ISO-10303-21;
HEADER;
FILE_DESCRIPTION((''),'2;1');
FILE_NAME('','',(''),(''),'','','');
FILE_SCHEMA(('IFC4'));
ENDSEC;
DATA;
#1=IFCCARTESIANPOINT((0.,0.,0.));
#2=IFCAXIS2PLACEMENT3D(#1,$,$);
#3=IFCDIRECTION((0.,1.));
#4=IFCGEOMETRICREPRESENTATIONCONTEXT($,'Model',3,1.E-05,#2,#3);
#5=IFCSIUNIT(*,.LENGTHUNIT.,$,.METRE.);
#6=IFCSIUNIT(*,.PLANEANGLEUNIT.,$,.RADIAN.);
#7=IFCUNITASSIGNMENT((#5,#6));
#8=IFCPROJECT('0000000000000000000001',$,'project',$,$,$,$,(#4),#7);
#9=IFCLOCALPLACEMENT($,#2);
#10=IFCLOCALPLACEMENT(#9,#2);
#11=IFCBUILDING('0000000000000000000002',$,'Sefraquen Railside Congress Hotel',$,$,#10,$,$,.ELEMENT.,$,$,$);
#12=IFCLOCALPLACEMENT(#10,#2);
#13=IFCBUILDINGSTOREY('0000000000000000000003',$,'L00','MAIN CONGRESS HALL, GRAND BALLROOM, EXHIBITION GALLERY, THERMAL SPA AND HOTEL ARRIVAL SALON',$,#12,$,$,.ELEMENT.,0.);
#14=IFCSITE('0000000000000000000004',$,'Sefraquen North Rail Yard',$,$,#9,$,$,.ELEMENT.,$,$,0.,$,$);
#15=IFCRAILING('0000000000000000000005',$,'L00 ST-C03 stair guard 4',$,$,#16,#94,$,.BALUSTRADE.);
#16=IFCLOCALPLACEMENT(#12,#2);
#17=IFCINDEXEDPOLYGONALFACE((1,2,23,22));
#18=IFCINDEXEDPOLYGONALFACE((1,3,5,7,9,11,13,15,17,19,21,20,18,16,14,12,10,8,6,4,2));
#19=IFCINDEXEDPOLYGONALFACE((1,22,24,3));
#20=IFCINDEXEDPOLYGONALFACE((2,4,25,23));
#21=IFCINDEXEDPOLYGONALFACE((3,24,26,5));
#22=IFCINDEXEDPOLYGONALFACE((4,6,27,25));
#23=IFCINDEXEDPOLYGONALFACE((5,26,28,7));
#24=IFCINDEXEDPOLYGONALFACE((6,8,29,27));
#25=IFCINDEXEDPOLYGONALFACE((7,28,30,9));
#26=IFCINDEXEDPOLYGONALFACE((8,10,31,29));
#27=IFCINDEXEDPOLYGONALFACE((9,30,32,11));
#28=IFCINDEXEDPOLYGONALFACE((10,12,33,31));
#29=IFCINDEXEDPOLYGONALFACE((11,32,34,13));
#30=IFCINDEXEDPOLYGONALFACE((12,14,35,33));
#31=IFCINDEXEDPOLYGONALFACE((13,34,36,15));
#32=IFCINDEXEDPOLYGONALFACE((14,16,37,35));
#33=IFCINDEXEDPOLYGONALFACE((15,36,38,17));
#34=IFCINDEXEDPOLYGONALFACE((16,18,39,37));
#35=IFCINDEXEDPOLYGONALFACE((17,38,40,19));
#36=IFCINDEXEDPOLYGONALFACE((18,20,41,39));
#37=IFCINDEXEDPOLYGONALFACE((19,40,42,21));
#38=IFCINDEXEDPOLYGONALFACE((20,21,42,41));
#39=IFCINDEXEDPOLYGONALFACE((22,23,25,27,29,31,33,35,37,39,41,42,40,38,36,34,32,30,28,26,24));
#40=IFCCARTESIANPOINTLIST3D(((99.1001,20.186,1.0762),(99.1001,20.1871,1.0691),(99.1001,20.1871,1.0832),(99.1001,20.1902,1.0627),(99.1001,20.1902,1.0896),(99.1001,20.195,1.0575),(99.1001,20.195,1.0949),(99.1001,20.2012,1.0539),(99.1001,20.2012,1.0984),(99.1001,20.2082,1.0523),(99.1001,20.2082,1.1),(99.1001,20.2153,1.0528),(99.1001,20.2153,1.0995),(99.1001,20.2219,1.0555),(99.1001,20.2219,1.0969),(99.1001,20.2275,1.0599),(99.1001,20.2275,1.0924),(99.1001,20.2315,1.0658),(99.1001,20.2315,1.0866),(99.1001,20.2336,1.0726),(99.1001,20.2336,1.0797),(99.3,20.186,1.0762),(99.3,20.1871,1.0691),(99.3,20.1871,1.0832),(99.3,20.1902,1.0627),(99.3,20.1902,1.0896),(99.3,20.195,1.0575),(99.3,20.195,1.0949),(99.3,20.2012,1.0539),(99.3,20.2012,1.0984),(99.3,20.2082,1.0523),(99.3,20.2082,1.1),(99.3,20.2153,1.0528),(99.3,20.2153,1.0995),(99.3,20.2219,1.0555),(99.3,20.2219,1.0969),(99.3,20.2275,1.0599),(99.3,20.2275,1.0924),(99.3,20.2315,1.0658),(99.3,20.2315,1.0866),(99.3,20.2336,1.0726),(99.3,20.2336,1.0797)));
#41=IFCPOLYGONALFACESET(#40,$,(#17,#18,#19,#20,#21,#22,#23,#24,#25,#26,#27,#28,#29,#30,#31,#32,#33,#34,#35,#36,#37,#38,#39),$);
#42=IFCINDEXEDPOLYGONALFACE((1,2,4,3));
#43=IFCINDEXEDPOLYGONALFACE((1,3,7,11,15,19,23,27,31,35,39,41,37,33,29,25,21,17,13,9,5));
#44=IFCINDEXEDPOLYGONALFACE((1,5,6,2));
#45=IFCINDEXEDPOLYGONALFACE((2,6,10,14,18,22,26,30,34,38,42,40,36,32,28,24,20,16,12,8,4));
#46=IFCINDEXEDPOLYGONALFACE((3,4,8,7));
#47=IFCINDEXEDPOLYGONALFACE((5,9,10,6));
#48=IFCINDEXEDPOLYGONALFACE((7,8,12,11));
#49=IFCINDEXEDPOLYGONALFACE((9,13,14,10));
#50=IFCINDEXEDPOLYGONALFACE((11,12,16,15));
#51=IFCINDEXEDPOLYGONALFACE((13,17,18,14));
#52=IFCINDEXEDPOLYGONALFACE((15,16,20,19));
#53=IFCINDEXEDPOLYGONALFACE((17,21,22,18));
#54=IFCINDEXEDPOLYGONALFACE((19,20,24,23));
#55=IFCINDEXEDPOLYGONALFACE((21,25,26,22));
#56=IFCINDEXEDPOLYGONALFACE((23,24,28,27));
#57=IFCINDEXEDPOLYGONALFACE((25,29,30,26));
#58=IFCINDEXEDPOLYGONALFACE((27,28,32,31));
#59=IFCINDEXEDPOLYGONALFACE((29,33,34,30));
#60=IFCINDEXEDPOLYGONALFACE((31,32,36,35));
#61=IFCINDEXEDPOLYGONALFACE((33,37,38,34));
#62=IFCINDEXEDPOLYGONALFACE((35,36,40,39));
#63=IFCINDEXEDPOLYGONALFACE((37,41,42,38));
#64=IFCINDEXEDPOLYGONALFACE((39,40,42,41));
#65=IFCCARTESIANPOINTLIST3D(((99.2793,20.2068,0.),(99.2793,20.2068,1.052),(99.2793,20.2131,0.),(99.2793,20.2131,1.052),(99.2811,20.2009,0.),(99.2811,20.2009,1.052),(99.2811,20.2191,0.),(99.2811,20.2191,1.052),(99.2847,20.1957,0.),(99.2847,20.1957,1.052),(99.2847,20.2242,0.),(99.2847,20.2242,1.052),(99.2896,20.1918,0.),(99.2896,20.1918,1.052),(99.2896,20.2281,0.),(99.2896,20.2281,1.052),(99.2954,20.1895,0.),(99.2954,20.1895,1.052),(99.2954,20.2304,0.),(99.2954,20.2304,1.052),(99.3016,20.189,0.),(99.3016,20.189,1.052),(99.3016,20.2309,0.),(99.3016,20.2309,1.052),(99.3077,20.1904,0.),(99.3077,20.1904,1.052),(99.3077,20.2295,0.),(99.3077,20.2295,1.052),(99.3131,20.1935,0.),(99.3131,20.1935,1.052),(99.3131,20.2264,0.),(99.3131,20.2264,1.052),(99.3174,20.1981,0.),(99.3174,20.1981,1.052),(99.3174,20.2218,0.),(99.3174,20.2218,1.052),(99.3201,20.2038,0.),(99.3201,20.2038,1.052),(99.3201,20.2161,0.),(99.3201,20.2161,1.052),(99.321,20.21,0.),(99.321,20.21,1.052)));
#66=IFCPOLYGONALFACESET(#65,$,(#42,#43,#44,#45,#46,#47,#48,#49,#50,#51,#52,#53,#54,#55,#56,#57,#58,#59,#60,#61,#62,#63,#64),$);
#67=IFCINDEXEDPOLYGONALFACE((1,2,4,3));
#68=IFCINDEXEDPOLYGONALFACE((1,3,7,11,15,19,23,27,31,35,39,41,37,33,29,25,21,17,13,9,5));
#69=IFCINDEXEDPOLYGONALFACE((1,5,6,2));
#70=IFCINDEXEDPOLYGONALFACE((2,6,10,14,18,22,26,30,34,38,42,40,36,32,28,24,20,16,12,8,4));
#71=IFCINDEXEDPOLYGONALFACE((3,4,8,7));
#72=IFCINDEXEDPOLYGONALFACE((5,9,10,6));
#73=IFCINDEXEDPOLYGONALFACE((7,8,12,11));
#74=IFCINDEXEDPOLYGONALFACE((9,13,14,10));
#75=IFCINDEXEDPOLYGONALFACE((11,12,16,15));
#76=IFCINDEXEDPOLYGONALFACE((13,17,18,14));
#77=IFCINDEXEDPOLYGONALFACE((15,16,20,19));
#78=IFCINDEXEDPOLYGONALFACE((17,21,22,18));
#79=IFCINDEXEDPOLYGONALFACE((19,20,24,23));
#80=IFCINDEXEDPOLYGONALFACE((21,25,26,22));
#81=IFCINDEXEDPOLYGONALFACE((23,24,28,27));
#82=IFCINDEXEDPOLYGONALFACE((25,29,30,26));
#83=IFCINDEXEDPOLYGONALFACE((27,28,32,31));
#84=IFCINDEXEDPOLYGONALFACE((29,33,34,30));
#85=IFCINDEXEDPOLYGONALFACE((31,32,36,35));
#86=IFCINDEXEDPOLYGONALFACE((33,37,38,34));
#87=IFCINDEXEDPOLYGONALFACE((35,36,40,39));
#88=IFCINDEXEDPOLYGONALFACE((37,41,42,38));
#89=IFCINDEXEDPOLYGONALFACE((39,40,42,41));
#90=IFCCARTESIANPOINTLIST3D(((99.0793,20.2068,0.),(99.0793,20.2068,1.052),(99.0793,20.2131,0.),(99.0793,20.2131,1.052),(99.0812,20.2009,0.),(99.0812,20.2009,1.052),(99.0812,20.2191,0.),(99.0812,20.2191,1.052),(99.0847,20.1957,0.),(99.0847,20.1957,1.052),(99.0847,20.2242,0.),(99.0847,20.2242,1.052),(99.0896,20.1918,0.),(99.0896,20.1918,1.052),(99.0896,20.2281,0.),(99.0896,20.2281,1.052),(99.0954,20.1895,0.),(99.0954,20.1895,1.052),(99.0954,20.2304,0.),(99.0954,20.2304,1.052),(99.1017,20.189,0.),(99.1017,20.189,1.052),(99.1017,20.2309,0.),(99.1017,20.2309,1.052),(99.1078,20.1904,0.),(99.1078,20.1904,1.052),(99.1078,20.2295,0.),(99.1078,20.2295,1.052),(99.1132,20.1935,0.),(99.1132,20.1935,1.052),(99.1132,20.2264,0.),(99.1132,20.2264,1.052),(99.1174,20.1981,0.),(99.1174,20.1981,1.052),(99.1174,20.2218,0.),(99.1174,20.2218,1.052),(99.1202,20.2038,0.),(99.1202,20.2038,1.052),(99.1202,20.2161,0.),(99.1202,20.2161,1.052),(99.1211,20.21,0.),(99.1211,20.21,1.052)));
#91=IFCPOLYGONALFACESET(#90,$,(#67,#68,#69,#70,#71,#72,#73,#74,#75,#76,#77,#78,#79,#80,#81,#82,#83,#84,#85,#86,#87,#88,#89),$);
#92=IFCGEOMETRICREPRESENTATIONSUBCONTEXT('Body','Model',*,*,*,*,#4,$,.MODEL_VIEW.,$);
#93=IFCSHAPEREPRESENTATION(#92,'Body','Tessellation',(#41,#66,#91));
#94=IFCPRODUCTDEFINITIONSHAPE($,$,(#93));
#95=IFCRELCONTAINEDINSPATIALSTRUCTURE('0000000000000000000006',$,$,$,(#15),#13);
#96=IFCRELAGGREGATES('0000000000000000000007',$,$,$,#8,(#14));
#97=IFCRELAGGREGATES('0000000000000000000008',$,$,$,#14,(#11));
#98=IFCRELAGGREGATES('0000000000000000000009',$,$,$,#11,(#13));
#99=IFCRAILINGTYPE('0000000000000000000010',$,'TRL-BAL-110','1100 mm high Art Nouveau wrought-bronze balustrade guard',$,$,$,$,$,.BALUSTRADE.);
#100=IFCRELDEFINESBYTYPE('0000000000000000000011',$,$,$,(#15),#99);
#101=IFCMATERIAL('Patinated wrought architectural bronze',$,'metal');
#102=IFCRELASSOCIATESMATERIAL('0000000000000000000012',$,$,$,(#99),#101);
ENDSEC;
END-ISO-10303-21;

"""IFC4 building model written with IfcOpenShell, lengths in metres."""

from ifc_helpers import new_model, si_unit, direction, frame, origin, origin_2d, place, context, subcontext, project, spatial, circle, extrude, material, type_object, element, save


model = new_model("IFC4")

# Units and contexts
model_context = context("Model", 3, precision=1e-05, world=origin(), true_north=direction((0.0, 1.0)))
body_context = subcontext(model_context, "Body", "Model", "MODEL_VIEW")
ifc_project = project(units=[si_unit("LENGTHUNIT", "METRE"), si_unit("PLANEANGLEUNIT", "RADIAN")], contexts=[model_context])

# Site, building, storey
site_placement = place(None, origin())
site = spatial("IfcSite", under=ifc_project, at=site_placement, Name="Sefraquen North Rail Yard", CompositionType="ELEMENT", RefElevation=0.0)
building_placement = place(site_placement, origin())
building = spatial("IfcBuilding", under=site, at=building_placement, Name="Sefraquen Railside Congress Hotel", CompositionType="ELEMENT")
storey_placement = place(building_placement, origin())
storey = spatial("IfcBuildingStorey", under=building, at=storey_placement, Name="L00", Description="MAIN CONGRESS HALL, GRAND BALLROOM, EXHIBITION GALLERY, THERMAL SPA AND HOTEL ARRIVAL SALON", CompositionType="ELEMENT", Elevation=0.0)

# Railing
ifc_material_1 = material(Name="Patinated wrought architectural bronze", Category="metal")
railing_type_1 = type_object("IfcRailingType", Name="TRL-BAL-110", Description="1100 mm high Art Nouveau wrought-bronze balustrade guard", PredefinedType="BALUSTRADE", material=ifc_material_1)
railing_1_placement = place(storey_placement, frame((99.3, 20.21, 0.0)))
element("IfcRailing", 1, at=railing_1_placement, inside=storey, type_object=railing_type_1, Name="L00 ST-C03 stair guard 4", PredefinedType="BALUSTRADE", context=body_context, shape_type="SweptSolid", body=[
    extrude(circle(Radius=0.0239, at=origin_2d()), frame((0.0, 0.0, 1.0762), z_axis=(-1.0, 0.0, 0.0), x_axis=(0.0, -1.0, 0.0)), (0.0, 0.0, 1.0), 0.2),
    extrude(circle(Radius=0.021, at=origin_2d()), origin(), (0.0, 0.0, 1.0), 1.052),
    extrude(circle(Radius=0.021, at=origin_2d()), frame((-0.2, 0.0, 0.0)), (0.0, 0.0, 1.0), 1.052),
])

save(model, "model.ifc")
